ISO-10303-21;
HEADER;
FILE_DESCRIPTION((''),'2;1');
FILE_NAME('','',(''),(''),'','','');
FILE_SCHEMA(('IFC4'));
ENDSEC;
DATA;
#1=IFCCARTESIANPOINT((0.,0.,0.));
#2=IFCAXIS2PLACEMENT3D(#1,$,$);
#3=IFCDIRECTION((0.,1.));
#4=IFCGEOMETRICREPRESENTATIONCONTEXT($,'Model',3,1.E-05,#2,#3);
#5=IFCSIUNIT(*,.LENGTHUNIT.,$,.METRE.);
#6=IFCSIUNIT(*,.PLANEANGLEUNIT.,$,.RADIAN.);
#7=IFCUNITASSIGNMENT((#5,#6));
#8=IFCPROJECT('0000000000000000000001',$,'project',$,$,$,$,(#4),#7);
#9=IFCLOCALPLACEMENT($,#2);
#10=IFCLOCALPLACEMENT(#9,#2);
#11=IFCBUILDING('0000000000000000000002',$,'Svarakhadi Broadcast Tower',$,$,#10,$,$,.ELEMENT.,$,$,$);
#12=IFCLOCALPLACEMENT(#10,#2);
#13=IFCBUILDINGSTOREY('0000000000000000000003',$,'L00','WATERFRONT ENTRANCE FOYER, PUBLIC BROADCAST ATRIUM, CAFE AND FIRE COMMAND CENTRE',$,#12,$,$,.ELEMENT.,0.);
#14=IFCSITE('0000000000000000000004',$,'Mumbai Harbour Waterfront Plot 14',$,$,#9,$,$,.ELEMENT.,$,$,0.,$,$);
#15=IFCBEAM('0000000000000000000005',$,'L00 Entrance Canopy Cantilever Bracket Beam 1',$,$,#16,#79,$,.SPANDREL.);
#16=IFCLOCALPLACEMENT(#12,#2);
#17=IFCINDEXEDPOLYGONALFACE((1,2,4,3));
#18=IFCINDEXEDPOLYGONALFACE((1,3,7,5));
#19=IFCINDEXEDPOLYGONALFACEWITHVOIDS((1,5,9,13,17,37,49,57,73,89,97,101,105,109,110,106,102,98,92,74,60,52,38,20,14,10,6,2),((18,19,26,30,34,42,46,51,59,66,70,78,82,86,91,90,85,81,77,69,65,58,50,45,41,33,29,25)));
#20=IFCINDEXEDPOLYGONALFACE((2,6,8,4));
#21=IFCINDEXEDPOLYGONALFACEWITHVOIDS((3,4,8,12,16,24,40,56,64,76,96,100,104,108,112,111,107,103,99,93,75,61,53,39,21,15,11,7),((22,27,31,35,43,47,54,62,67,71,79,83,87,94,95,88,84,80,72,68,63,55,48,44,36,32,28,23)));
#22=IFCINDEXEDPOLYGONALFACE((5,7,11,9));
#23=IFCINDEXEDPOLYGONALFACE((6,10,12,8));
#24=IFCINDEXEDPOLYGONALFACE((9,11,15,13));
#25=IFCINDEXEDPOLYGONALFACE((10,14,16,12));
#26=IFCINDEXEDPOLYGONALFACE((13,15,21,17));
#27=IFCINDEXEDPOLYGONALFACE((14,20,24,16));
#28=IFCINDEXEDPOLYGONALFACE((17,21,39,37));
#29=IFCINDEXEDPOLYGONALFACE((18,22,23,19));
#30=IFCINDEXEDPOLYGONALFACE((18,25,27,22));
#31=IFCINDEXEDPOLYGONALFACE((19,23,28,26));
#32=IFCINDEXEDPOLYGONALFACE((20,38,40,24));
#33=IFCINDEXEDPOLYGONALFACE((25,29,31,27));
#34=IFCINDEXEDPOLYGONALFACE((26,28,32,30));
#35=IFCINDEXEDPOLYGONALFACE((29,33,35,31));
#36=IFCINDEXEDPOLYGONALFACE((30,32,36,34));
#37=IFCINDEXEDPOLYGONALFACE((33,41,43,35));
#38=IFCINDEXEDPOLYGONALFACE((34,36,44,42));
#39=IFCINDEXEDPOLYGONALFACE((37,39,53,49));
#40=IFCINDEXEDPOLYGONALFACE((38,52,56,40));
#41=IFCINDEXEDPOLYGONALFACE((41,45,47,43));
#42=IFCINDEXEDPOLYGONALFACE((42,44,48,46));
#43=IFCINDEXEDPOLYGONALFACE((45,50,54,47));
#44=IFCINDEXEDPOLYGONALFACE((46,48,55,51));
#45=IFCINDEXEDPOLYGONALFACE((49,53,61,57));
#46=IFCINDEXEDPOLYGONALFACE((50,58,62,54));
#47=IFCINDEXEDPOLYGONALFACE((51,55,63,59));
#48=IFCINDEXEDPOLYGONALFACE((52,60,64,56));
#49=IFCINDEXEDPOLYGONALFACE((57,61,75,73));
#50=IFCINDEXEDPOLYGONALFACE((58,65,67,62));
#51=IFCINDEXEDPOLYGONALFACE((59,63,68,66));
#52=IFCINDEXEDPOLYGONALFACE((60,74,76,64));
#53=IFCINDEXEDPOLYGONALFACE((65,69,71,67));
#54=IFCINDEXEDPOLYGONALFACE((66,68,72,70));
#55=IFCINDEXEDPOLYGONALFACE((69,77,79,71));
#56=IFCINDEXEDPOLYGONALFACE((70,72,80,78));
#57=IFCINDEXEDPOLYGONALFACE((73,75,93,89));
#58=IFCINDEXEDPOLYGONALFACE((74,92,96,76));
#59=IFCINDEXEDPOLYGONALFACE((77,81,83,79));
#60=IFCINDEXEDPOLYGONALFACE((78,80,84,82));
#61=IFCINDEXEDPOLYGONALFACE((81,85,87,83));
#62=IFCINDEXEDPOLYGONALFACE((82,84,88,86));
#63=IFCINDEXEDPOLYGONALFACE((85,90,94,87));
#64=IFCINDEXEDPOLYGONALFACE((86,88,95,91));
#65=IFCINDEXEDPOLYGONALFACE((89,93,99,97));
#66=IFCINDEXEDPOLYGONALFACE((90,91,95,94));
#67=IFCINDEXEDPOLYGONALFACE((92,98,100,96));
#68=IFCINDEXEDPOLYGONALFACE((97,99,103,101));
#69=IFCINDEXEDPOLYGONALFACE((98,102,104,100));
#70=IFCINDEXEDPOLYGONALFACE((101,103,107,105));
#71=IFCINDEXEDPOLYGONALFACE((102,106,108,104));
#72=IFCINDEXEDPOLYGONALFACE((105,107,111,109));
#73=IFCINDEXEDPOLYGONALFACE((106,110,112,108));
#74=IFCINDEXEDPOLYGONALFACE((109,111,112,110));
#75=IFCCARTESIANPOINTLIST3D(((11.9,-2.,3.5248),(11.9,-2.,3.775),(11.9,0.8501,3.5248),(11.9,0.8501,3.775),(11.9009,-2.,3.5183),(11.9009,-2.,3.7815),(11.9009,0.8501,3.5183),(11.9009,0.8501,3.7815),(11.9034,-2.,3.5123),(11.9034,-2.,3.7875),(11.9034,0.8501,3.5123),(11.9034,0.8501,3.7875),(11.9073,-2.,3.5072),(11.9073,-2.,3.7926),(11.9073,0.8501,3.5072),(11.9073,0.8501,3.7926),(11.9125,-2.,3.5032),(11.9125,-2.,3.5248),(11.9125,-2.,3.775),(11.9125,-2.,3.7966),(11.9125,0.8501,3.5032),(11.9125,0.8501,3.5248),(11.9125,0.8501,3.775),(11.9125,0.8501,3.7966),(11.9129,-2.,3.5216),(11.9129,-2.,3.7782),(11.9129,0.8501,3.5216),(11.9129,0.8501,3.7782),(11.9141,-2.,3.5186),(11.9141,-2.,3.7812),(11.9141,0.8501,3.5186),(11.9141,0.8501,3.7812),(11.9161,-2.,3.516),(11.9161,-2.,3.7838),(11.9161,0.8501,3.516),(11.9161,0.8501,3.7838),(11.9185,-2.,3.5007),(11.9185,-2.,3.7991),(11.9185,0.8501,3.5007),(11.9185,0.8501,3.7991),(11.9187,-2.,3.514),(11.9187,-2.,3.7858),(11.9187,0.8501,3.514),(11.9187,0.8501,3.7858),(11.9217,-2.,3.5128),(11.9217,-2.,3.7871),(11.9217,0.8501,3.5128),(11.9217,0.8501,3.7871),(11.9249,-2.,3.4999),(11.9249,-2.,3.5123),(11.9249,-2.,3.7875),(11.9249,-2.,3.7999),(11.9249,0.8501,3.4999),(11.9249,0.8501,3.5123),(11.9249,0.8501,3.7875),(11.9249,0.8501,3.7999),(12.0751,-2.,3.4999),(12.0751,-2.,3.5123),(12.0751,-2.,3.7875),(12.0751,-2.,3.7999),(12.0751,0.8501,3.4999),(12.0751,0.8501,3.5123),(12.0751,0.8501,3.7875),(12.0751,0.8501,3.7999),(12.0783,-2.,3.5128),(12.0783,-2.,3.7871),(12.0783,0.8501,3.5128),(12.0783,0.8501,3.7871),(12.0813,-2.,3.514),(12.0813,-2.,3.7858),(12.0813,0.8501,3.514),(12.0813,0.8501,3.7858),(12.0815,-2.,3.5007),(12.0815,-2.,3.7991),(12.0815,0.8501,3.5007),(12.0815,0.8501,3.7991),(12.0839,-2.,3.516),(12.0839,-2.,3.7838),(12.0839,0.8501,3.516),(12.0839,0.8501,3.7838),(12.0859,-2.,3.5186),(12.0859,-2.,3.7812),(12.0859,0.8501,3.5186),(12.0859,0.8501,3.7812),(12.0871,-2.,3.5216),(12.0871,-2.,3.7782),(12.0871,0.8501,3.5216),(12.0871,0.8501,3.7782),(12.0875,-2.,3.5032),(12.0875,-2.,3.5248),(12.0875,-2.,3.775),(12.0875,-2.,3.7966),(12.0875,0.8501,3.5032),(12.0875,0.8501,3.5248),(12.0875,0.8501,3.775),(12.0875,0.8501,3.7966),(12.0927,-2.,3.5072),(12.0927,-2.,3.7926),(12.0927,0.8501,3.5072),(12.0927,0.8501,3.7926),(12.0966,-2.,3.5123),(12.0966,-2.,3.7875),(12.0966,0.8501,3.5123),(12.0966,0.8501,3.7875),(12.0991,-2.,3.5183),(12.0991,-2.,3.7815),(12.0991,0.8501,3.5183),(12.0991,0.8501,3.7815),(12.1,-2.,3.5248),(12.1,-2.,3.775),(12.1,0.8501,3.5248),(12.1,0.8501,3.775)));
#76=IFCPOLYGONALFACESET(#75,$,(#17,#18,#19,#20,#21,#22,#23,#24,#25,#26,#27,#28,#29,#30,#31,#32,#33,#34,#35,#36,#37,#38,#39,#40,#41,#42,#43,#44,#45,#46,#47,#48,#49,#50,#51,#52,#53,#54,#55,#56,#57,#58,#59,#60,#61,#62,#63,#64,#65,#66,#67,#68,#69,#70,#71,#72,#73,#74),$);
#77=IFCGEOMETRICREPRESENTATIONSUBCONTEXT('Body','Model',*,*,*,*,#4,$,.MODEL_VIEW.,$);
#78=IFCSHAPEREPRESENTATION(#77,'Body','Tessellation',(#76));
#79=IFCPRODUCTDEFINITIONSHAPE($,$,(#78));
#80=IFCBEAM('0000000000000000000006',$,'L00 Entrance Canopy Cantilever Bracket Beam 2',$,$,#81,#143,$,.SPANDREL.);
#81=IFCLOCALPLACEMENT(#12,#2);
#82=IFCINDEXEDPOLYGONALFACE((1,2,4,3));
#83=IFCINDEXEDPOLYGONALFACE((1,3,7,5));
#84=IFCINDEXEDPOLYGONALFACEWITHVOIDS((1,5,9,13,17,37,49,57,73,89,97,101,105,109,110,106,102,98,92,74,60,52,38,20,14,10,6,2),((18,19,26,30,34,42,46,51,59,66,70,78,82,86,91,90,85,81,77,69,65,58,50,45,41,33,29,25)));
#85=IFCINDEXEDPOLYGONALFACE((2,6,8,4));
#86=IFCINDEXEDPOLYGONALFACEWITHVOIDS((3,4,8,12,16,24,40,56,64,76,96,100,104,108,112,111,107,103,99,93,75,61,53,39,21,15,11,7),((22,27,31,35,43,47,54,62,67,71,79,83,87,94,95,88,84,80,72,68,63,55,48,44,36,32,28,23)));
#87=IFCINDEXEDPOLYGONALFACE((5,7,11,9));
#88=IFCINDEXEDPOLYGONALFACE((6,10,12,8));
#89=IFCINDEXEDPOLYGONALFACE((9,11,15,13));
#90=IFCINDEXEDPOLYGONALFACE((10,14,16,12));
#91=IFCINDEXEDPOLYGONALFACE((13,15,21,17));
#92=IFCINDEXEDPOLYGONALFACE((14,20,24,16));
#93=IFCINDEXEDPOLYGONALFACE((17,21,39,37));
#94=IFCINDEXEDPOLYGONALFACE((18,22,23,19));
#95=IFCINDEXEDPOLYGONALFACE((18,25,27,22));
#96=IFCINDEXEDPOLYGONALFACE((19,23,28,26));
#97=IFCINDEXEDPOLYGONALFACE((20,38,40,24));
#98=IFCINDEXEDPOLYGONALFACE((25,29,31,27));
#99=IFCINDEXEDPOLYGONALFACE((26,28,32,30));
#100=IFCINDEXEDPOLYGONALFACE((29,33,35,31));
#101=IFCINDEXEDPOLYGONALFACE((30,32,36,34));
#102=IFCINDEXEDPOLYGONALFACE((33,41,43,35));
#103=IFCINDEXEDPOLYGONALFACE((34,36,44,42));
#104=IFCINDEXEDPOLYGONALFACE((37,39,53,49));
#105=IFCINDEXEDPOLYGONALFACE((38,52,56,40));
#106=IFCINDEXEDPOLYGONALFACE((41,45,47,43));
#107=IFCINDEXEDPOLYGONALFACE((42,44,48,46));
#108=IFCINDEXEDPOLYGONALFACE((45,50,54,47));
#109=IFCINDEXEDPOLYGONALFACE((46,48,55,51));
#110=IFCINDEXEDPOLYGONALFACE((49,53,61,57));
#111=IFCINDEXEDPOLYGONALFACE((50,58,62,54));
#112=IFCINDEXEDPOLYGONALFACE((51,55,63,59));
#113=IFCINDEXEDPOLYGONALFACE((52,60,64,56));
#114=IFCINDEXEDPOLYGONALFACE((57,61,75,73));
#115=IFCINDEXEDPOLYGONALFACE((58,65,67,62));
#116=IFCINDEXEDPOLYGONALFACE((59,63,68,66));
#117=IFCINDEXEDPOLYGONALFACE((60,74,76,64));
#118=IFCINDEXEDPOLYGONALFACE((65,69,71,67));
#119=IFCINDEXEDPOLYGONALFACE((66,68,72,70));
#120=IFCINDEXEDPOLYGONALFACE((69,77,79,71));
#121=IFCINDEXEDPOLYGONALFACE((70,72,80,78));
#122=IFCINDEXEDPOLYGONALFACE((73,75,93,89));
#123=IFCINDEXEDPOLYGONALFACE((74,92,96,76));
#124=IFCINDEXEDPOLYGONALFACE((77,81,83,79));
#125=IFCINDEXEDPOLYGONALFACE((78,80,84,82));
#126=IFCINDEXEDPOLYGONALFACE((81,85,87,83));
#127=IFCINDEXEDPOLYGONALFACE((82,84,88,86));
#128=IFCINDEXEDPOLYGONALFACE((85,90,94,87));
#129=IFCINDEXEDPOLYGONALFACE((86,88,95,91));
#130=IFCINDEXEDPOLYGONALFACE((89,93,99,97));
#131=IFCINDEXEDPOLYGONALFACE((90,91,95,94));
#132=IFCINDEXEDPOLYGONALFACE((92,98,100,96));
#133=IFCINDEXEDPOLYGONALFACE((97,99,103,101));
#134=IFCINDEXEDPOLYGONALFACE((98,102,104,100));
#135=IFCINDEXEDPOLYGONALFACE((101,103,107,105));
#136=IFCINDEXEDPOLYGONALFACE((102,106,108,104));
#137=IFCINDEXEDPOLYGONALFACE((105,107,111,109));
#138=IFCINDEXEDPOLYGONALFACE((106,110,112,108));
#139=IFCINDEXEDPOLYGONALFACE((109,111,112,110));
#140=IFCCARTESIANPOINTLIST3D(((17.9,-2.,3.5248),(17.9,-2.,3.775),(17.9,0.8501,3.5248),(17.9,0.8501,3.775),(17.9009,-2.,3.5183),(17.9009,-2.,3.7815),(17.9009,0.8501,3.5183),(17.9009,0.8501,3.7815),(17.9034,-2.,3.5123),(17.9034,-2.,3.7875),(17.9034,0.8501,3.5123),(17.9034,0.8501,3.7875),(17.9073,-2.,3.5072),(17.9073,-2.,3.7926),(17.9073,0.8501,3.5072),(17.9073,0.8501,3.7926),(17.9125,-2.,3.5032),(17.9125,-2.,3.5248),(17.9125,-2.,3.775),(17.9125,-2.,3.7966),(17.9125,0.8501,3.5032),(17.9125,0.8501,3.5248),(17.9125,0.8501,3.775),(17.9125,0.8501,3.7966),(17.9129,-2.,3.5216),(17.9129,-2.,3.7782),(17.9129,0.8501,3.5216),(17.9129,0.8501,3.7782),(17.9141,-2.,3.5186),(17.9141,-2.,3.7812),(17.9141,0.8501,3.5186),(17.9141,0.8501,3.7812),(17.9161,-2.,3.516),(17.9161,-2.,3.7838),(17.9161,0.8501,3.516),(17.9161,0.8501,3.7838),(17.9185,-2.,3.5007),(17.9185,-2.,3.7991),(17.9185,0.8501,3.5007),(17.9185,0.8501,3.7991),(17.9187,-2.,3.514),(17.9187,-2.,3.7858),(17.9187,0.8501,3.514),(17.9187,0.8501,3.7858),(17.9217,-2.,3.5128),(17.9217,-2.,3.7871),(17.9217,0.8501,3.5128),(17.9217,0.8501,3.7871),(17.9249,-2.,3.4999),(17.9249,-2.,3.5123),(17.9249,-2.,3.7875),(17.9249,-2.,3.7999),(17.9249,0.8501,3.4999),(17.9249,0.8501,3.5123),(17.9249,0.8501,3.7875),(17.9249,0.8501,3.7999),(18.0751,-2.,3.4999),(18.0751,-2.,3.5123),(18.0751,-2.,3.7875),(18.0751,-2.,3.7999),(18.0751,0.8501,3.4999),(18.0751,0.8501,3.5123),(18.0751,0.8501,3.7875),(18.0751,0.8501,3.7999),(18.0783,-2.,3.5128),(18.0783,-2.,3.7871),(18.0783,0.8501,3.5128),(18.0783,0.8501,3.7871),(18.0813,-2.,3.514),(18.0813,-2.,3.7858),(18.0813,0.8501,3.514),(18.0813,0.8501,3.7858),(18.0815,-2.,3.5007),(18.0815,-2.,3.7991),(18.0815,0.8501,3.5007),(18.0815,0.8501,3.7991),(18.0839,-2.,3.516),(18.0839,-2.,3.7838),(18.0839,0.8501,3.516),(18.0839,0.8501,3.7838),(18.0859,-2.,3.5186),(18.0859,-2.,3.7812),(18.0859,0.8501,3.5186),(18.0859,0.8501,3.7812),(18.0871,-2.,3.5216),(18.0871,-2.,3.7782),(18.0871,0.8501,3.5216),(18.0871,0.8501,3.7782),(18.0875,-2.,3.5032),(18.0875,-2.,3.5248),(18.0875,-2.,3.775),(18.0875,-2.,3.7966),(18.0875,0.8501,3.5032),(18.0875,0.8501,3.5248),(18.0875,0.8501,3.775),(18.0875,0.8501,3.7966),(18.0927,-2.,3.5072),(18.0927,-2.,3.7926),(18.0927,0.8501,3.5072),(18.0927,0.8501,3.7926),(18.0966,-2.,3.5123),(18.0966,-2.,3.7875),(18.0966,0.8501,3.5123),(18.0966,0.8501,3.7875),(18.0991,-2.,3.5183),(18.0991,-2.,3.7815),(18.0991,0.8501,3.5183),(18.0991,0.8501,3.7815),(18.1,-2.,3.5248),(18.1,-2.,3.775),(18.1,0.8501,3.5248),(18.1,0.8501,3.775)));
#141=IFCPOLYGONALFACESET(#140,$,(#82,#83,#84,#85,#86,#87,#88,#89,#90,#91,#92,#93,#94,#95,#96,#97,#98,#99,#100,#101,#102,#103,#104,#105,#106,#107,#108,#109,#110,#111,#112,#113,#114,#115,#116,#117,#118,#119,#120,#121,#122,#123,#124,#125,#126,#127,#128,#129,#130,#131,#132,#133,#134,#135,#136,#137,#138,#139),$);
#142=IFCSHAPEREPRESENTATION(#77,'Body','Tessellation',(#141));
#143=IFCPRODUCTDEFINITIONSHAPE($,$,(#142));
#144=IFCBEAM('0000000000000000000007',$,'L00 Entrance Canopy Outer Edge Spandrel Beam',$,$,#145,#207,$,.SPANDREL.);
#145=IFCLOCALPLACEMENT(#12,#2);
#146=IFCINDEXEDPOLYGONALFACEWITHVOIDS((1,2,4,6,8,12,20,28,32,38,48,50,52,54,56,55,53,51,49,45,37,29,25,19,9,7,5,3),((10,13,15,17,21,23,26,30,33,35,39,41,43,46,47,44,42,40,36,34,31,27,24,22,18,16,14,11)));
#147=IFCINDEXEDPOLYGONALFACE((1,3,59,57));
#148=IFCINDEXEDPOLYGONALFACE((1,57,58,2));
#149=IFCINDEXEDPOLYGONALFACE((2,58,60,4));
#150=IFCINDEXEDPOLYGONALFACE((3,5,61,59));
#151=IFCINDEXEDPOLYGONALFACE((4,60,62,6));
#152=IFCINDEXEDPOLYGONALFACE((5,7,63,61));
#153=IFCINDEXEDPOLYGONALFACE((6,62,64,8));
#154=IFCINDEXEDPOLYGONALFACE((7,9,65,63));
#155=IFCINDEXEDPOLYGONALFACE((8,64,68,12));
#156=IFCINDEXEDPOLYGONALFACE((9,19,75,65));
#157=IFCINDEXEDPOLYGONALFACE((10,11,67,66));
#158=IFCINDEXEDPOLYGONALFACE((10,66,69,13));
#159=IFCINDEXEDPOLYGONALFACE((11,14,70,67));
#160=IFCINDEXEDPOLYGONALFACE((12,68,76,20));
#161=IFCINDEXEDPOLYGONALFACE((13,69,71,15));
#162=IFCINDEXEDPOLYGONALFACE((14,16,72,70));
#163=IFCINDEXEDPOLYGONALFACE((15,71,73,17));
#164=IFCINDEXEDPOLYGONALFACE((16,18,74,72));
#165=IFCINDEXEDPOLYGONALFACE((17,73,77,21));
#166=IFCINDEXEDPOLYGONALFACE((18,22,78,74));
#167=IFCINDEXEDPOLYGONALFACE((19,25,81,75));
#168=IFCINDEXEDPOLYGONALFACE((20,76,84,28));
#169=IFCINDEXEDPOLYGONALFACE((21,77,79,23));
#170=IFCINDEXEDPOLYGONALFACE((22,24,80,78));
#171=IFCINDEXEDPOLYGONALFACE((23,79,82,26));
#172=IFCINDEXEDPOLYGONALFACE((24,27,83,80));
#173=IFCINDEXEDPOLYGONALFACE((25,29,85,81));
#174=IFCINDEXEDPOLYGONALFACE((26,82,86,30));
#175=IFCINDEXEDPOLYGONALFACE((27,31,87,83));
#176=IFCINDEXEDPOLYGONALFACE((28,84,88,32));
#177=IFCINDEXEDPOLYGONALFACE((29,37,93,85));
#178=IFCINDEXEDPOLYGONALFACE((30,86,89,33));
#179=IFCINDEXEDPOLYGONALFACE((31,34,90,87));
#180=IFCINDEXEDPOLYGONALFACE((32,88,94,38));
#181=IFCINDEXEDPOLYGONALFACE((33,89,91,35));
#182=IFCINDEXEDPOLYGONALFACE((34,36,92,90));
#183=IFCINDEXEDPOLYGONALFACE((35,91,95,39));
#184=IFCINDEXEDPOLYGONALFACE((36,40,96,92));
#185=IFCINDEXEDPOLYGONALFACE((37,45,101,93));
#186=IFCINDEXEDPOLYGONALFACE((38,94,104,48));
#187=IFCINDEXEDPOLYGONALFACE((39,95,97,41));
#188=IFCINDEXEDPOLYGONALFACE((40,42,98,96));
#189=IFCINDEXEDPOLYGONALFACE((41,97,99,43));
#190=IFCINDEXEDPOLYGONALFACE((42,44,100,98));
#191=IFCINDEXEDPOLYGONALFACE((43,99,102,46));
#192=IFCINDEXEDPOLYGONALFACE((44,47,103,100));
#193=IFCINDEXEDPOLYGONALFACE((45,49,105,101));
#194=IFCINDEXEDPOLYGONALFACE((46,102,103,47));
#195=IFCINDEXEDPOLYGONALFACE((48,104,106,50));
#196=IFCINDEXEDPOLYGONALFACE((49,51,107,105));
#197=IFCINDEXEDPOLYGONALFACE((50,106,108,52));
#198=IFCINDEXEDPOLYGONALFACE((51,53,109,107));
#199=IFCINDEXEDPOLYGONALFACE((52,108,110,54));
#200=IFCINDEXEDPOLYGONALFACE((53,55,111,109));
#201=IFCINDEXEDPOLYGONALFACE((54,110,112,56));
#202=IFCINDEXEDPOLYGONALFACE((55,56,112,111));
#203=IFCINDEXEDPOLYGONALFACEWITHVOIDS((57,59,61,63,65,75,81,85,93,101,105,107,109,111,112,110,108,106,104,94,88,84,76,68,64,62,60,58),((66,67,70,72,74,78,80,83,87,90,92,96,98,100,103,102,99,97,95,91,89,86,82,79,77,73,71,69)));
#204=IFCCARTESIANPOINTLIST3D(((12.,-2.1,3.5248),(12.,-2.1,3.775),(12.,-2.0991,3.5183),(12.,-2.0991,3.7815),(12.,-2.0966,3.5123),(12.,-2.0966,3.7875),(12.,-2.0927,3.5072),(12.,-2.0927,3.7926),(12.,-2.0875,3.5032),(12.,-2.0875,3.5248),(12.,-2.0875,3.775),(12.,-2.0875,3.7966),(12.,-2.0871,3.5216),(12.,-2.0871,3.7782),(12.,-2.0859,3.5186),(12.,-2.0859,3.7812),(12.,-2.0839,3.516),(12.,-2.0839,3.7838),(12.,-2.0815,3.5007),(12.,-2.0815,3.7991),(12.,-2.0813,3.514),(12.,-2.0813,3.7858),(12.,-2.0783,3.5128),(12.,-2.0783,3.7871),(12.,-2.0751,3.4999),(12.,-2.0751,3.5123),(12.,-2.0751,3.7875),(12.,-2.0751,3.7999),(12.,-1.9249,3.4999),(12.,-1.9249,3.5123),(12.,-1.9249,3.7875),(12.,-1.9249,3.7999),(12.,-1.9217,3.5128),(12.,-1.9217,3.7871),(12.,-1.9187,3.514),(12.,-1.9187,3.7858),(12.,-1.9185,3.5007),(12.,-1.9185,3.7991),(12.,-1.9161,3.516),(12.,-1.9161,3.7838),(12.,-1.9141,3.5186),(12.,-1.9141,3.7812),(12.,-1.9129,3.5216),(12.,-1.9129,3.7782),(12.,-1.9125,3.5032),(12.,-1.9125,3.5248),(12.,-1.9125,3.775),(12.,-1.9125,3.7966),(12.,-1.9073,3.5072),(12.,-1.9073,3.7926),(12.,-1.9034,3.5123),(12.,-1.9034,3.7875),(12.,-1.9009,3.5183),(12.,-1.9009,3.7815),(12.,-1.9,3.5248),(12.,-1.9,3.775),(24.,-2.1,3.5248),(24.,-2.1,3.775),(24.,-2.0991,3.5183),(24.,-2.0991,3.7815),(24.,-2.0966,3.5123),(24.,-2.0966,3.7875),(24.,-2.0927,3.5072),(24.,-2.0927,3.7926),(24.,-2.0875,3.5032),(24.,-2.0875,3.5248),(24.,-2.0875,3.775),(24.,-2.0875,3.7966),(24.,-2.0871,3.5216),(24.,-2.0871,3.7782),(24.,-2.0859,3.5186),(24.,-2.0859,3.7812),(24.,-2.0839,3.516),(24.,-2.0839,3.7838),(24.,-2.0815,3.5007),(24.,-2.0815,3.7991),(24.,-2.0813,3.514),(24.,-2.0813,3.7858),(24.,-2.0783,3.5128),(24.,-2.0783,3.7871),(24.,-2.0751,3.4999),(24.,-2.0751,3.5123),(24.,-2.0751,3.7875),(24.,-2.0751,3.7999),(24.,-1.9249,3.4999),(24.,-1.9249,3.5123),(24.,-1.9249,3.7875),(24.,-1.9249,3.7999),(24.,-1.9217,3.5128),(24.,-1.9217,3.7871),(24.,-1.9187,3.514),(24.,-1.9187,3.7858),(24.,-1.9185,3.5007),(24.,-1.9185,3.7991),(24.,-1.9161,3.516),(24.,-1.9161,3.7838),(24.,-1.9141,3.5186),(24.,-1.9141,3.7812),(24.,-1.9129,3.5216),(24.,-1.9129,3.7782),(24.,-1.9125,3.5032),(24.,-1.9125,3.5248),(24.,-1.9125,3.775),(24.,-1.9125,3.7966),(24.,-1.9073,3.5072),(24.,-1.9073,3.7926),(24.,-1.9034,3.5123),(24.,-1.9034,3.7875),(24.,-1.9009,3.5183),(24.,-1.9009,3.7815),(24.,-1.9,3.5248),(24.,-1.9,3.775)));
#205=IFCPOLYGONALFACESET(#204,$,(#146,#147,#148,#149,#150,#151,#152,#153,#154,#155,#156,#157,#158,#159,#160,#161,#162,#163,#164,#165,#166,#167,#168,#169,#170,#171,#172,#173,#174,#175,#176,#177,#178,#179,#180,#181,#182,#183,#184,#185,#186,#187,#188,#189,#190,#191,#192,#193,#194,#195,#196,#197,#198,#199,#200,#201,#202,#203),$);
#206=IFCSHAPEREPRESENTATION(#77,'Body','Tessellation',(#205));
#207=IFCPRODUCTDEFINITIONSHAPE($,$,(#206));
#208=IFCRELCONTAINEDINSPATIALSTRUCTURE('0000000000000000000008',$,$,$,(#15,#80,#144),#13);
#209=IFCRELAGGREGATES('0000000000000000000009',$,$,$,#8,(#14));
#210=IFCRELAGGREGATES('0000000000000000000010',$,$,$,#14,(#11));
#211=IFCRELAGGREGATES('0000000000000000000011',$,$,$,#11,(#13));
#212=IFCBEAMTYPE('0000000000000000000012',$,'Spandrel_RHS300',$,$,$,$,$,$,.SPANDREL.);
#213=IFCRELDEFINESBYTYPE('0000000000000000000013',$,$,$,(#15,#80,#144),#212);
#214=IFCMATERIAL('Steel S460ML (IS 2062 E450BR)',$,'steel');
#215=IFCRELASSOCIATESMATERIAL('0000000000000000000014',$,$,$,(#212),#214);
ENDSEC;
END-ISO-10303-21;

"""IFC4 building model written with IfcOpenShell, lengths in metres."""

from ifc_helpers import new_model, si_unit, direction, frame, origin, origin_2d, place, context, subcontext, project, spatial, hollow_rectangle, extrude, material, material_profile, profile_set, type_object, element, save


model = new_model("IFC4")

# Units and contexts
model_context = context("Model", 3, precision=1e-05, world=origin(), true_north=direction((0.0, 1.0)))
body_context = subcontext(model_context, "Body", "Model", "MODEL_VIEW")
ifc_project = project(units=[si_unit("LENGTHUNIT", "METRE"), si_unit("PLANEANGLEUNIT", "RADIAN")], contexts=[model_context])

# Site, building, storey
site_placement = place(None, origin())
site = spatial("IfcSite", under=ifc_project, at=site_placement, Name="Mumbai Harbour Waterfront Plot 14", CompositionType="ELEMENT", RefElevation=0.0)
building_placement = place(site_placement, origin())
building = spatial("IfcBuilding", under=site, at=building_placement, Name="Svarakhadi Broadcast Tower", CompositionType="ELEMENT")
storey_placement = place(building_placement, origin())
storey = spatial("IfcBuildingStorey", under=building, at=storey_placement, Name="L00", Description="WATERFRONT ENTRANCE FOYER, PUBLIC BROADCAST ATRIUM, CAFE AND FIRE COMMAND CENTRE", CompositionType="ELEMENT", Elevation=0.0)

# Shared definitions
ifc_material_1 = material(Name="Steel S460ML (IS 2062 E450BR)", Category="steel")

# Beams
ifc_material_profile_1 = material_profile(ifc_material_1, hollow_rectangle(XDim=0.2, YDim=0.3, WallThickness=0.0125, InnerFilletRadius=0.0125, OuterFilletRadius=0.0249, at=origin_2d()), Name="RHS 300x200x12.5")
ifc_profile_set_1 = profile_set([ifc_material_profile_1], Name="Steel S460ML (IS 2062 E450BR)")
beam_type_1 = type_object("IfcBeamType", Name="Spandrel_RHS300", PredefinedType="SPANDREL", material=ifc_profile_set_1)
for number, where, z_axis, x_axis, name in (
    (1, (12.0, 0.8501, 3.6499), (0.0, -1.0, 0.0), (1.0, 0.0, 0.0), "L00 Entrance Canopy Cantilever Bracket Beam 1"),
    (2, (18.0, 0.8501, 3.6499), (0.0, -1.0, 0.0), (1.0, 0.0, 0.0), "L00 Entrance Canopy Cantilever Bracket Beam 2"),
):
    element("IfcBeam", number, at=place(storey_placement, frame(where, z_axis=z_axis, x_axis=x_axis)), inside=storey, type_object=beam_type_1, Name=name, PredefinedType="SPANDREL", context=body_context, shape_type="SweptSolid", body=[
        extrude(hollow_rectangle(XDim=0.2, YDim=0.3, WallThickness=0.0125, InnerFilletRadius=0.0125, OuterFilletRadius=0.0249, at=origin_2d()), origin(), (0.0, 0.0, 1.0), 2.8501),
    ])
beam_1_placement = place(storey_placement, frame((12.0, -2.0, 3.6499), z_axis=(1.0, 0.0, 0.0), x_axis=(0.0, 1.0, 0.0)))
element("IfcBeam", 3, at=beam_1_placement, inside=storey, type_object=beam_type_1, Name="L00 Entrance Canopy Outer Edge Spandrel Beam", PredefinedType="SPANDREL", context=body_context, shape_type="SweptSolid", body=[
    extrude(hollow_rectangle(XDim=0.2, YDim=0.3, WallThickness=0.0125, InnerFilletRadius=0.0125, OuterFilletRadius=0.0249, at=origin_2d()), origin(), (0.0, 0.0, 1.0), 12.0),
])

save(model, "model.ifc")
